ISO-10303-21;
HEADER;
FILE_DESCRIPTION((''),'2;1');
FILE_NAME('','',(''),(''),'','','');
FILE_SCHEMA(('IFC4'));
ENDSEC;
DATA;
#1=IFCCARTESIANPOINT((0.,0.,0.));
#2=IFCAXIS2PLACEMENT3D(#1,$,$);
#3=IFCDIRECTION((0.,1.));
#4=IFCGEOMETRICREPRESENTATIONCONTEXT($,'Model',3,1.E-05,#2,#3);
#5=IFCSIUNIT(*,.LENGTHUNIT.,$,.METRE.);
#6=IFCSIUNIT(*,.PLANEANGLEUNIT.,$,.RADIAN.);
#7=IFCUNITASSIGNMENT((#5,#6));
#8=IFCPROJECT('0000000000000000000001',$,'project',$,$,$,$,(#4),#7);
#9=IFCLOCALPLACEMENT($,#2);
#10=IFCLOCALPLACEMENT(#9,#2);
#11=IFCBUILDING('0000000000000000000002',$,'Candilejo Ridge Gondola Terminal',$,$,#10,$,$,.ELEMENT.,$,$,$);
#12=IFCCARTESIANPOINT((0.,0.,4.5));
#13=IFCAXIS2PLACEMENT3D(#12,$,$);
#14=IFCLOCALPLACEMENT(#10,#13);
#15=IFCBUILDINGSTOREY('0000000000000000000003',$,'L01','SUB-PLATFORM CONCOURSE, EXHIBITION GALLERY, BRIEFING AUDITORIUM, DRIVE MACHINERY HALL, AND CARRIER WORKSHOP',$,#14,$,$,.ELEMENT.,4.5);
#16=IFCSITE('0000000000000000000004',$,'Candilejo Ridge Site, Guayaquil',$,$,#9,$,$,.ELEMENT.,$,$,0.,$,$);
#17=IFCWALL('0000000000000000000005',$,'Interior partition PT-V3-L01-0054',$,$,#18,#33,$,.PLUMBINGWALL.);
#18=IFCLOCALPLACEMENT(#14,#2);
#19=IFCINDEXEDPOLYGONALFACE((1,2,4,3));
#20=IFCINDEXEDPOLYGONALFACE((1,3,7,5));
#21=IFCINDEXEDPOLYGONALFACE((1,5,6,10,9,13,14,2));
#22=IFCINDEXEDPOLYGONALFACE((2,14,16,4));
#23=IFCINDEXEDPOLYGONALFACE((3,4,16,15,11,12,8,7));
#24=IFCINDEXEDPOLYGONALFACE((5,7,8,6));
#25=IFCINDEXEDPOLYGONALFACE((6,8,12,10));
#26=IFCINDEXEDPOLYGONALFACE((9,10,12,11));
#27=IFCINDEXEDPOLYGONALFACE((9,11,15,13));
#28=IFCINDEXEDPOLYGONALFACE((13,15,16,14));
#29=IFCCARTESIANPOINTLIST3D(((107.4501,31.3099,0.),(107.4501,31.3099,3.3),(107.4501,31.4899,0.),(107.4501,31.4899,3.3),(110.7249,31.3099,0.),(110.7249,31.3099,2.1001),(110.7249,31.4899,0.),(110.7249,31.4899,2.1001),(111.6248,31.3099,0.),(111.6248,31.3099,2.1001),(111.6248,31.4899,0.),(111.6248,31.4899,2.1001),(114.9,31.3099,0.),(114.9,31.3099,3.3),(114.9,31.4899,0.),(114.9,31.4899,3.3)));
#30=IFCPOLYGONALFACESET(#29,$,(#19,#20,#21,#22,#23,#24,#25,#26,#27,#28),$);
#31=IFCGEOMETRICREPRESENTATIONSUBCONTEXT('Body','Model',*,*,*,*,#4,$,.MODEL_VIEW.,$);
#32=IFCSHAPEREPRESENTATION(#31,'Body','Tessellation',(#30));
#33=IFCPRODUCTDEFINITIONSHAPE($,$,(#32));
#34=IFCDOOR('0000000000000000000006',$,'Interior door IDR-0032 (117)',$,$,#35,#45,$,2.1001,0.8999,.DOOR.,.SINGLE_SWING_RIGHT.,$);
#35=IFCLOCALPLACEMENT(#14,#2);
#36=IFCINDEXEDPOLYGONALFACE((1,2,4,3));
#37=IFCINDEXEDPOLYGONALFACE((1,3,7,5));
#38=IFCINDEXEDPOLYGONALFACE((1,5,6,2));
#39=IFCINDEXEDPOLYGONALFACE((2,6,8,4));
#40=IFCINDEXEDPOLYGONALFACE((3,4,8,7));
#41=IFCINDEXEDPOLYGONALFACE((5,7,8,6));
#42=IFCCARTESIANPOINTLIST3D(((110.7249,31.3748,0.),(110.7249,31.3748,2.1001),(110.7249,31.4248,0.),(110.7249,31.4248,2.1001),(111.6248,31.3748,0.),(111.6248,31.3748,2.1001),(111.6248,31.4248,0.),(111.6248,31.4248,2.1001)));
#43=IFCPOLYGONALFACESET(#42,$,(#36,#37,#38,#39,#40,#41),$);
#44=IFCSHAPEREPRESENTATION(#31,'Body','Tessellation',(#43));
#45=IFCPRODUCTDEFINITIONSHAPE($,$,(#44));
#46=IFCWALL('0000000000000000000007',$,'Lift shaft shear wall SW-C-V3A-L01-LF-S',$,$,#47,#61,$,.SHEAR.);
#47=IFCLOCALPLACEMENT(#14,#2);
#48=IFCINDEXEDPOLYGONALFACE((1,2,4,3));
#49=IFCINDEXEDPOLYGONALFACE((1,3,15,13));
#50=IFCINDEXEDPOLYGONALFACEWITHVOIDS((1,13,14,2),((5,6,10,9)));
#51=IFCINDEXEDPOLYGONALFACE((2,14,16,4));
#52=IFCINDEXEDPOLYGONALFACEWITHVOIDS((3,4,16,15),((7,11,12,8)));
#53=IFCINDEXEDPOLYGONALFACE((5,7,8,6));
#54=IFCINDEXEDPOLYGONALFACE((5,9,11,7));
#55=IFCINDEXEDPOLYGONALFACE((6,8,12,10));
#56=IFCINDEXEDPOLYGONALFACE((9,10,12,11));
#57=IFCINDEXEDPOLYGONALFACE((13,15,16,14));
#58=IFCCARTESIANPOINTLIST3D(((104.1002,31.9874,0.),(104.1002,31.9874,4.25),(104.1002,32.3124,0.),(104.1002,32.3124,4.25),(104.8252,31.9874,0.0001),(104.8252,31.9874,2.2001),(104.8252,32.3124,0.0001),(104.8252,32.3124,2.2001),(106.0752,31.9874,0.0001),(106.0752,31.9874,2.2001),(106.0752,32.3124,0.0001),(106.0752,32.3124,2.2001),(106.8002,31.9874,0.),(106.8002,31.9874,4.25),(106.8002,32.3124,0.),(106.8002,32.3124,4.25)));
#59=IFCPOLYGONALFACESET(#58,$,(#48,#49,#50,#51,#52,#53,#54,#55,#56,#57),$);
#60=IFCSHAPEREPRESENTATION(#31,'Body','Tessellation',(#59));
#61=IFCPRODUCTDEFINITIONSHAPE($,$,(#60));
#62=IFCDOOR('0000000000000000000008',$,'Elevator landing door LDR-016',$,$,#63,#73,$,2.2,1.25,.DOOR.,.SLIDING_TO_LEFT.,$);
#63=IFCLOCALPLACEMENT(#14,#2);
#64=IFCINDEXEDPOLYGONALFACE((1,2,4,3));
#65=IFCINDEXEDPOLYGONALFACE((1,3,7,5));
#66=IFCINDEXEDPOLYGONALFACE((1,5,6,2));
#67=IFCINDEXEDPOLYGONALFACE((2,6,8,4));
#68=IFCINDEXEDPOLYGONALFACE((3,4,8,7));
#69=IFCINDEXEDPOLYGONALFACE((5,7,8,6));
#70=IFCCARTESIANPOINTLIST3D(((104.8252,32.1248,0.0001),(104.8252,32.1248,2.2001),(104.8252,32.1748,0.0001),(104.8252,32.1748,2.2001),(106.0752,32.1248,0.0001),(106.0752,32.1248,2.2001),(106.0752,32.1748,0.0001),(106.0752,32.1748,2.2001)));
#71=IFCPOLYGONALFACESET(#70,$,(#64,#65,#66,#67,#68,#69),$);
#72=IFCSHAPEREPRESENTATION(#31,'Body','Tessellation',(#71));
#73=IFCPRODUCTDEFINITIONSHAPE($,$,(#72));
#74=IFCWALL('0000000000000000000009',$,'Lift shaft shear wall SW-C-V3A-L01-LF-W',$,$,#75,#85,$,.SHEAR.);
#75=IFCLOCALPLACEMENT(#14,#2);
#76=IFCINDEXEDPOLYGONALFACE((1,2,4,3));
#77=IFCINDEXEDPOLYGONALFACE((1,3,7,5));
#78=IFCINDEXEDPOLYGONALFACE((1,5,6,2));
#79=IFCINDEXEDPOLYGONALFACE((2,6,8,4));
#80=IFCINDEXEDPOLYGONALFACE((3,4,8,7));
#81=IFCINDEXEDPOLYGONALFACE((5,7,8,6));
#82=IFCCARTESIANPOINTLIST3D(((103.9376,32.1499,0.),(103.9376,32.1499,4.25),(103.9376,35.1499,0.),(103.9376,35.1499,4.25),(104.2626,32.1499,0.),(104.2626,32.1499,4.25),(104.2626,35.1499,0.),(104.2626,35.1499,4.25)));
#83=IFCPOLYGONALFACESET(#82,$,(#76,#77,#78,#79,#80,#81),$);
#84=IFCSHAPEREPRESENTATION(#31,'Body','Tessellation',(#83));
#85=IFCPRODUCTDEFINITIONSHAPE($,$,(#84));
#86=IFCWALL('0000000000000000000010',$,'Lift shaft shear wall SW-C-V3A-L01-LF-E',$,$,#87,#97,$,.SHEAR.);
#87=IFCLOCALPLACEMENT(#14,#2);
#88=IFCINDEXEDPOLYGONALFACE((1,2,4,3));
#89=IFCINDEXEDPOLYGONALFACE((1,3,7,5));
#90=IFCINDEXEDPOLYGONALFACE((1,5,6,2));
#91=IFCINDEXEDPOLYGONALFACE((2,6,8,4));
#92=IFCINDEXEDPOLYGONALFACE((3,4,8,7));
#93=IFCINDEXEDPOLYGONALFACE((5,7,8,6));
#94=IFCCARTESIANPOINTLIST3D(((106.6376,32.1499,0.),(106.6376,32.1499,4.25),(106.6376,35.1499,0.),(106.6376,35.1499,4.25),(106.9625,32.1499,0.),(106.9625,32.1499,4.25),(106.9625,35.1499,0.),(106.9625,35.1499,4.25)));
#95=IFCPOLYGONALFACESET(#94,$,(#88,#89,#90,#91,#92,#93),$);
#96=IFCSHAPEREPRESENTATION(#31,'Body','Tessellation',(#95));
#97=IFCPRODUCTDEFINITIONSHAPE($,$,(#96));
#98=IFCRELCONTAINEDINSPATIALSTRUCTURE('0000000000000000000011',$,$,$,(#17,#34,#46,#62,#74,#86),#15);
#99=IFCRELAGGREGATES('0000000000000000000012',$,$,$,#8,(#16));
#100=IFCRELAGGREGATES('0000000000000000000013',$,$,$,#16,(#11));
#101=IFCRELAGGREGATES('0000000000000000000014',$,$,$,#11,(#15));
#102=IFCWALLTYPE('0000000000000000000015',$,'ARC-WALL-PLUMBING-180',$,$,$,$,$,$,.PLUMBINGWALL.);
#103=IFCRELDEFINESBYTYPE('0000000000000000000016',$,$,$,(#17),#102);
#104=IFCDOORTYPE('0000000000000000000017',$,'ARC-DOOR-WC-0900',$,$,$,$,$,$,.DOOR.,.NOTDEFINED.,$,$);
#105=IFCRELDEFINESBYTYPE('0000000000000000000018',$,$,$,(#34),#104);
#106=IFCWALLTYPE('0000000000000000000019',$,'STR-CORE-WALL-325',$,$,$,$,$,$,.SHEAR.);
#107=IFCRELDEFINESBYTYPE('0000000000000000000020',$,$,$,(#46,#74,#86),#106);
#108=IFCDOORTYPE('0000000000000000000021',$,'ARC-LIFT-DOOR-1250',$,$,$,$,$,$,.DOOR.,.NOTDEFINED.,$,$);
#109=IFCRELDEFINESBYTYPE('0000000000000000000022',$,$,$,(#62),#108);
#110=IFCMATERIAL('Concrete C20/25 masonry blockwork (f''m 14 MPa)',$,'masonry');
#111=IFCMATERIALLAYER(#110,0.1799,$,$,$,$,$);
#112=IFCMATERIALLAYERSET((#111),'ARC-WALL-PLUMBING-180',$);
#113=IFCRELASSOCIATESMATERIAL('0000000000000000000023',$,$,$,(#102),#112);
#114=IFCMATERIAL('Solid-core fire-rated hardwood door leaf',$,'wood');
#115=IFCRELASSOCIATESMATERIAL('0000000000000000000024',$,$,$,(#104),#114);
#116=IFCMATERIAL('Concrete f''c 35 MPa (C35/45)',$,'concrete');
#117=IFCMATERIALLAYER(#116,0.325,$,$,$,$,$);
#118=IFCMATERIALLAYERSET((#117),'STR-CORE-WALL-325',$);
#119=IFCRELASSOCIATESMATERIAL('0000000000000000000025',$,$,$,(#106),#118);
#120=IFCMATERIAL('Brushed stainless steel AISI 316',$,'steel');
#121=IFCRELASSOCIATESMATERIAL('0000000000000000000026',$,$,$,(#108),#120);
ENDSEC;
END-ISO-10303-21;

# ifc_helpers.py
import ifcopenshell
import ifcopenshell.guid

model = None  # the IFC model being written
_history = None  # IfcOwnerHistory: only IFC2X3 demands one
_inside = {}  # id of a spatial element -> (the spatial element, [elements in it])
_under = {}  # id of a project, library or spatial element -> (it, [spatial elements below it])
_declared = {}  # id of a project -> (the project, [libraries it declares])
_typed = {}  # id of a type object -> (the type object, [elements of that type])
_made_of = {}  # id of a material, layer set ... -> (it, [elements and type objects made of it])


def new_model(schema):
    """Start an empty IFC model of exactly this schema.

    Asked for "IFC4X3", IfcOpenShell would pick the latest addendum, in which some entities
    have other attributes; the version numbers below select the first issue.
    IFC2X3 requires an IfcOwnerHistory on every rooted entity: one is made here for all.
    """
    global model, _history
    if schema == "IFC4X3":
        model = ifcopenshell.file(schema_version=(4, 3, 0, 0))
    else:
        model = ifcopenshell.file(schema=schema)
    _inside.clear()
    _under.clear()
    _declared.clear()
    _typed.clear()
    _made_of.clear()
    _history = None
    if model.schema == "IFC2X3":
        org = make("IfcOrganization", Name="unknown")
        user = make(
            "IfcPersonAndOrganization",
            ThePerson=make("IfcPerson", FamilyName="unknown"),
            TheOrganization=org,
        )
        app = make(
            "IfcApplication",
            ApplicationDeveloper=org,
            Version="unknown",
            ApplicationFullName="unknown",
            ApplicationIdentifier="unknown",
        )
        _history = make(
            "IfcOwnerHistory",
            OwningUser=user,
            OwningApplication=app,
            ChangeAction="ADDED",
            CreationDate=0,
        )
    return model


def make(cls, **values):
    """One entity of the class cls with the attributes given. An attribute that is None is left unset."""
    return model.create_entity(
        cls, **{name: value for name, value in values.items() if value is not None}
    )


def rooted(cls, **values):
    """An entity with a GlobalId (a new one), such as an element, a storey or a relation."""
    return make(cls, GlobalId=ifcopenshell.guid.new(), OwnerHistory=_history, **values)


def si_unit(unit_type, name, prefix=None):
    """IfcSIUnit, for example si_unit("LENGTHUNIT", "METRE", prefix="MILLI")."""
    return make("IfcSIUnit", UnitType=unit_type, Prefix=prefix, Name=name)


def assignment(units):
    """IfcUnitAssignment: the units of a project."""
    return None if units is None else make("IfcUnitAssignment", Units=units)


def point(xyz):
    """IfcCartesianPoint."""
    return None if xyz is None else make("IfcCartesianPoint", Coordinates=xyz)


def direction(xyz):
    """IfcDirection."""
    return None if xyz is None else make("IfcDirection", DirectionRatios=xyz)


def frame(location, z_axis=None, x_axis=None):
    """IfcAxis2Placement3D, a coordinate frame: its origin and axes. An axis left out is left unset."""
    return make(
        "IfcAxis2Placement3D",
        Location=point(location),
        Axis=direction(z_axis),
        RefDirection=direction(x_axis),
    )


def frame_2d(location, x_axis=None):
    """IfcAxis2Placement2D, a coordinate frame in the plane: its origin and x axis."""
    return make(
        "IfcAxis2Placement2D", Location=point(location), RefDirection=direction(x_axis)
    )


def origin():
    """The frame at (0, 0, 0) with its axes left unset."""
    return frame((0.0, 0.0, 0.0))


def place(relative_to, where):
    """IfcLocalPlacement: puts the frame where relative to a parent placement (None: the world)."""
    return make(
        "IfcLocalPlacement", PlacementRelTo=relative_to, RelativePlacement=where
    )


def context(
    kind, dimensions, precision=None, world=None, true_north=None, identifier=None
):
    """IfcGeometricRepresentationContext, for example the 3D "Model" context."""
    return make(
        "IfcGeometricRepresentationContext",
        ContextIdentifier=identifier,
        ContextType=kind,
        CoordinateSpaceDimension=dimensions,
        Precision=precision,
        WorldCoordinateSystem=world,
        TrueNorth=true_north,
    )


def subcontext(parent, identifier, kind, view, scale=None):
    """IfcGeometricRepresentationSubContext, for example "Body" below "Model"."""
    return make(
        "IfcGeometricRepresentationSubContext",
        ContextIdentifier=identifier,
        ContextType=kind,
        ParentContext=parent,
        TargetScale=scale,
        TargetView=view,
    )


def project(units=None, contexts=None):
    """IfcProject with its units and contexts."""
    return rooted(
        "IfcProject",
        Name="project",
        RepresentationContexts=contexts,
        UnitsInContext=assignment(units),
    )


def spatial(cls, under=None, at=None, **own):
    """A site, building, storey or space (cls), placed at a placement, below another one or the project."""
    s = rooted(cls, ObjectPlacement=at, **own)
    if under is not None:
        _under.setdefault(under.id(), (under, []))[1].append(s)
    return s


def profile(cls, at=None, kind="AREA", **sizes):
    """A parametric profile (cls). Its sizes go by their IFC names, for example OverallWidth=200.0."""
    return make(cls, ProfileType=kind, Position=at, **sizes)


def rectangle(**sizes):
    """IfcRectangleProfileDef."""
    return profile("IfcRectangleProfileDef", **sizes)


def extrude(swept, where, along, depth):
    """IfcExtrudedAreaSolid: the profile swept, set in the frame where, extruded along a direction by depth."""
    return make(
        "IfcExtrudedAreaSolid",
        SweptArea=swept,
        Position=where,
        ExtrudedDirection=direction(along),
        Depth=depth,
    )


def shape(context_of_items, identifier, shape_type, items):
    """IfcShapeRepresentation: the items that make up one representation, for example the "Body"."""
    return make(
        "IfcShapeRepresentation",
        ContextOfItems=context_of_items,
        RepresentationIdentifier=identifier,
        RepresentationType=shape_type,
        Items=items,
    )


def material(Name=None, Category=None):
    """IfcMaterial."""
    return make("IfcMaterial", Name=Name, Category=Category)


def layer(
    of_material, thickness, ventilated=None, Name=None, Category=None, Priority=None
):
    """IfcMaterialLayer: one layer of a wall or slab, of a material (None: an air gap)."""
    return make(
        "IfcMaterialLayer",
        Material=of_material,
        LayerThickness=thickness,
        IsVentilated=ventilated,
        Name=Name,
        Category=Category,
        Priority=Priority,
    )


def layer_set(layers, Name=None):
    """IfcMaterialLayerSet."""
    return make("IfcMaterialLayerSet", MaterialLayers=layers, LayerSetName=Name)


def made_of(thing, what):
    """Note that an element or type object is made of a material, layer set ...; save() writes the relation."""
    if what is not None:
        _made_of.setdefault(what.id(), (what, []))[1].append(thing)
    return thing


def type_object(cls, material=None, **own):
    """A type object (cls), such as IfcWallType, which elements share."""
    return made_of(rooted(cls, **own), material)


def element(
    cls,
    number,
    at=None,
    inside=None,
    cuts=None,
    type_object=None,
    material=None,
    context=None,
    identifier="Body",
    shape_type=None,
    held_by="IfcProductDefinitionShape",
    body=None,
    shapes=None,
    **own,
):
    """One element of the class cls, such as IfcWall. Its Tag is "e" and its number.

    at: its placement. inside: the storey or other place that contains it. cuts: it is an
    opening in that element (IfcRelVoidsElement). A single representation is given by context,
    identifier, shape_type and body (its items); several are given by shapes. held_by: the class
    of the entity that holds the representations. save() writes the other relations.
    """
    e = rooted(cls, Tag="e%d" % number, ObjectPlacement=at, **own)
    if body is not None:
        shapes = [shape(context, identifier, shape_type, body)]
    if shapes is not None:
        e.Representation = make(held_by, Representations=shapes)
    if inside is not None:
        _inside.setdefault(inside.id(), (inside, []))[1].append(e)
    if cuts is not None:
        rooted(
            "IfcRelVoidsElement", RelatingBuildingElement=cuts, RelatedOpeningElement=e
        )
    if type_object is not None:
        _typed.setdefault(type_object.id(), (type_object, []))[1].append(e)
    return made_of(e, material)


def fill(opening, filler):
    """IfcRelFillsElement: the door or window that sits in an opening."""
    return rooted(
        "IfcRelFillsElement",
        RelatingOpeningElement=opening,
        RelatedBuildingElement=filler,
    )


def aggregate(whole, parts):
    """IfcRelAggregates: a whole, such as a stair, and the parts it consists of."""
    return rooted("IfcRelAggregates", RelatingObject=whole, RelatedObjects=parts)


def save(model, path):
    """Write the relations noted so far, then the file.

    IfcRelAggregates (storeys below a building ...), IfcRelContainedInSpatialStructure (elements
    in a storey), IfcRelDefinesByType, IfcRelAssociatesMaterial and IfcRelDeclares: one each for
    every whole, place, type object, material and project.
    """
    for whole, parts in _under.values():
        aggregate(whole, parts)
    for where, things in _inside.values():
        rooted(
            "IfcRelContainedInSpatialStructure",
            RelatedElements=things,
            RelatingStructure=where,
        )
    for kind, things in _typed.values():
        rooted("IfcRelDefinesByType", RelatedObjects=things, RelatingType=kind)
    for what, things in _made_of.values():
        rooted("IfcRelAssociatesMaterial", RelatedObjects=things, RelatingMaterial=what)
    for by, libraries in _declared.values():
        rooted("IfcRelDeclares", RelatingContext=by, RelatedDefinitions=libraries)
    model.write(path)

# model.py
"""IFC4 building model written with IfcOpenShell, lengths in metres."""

from ifc_helpers import new_model, si_unit, direction, frame, frame_2d, origin, place, context, subcontext, project, spatial, rectangle, extrude, material, layer, layer_set, type_object, element, fill, save


model = new_model("IFC4")

# Units and contexts
model_context = context("Model", 3, precision=1e-05, world=origin(), true_north=direction((0.0, 1.0)))
body_context = subcontext(model_context, "Body", "Model", "MODEL_VIEW")
ifc_project = project(units=[si_unit("LENGTHUNIT", "METRE"), si_unit("PLANEANGLEUNIT", "RADIAN")], contexts=[model_context])

# Site, building, storey
site_placement = place(None, origin())
site = spatial("IfcSite", under=ifc_project, at=site_placement, Name="Candilejo Ridge Site, Guayaquil", CompositionType="ELEMENT", RefElevation=0.0)
building_placement = place(site_placement, origin())
building = spatial("IfcBuilding", under=site, at=building_placement, Name="Candilejo Ridge Gondola Terminal", CompositionType="ELEMENT")
storey_placement = place(building_placement, frame((0.0, 0.0, 4.5)))
storey = spatial("IfcBuildingStorey", under=building, at=storey_placement, Name="L01", Description="SUB-PLATFORM CONCOURSE, EXHIBITION GALLERY, BRIEFING AUDITORIUM, DRIVE MACHINERY HALL, AND CARRIER WORKSHOP", CompositionType="ELEMENT", Elevation=4.5)

# Walls, openings, doors
ifc_material_1 = material(Name="Concrete C20/25 masonry blockwork (f'm 14 MPa)", Category="masonry")
ifc_layer_1 = layer(ifc_material_1, 0.1799)
ifc_layer_set_1 = layer_set([ifc_layer_1], Name="ARC-WALL-PLUMBING-180")
wall_type_1 = type_object("IfcWallType", Name="ARC-WALL-PLUMBING-180", PredefinedType="PLUMBINGWALL", material=ifc_layer_set_1)
wall_1_placement = place(storey_placement, frame((107.45, 31.3999, 0.0), z_axis=(0.0, 0.0, 1.0), x_axis=(1.0, 0.0, 0.0)))
wall_1 = element("IfcWall", 1, at=wall_1_placement, inside=storey, type_object=wall_type_1, Name="Interior partition PT-V3-L01-0054", PredefinedType="PLUMBINGWALL", context=body_context, shape_type="SweptSolid", body=[
    extrude(rectangle(XDim=7.45, YDim=0.1799, at=frame_2d((3.7251, 0.0))), origin(), (0.0, 0.0, 1.0), 3.3),
])
opening_1_placement = place(wall_1_placement, frame((3.2749, 0.0, 0.0)))
opening_1 = element("IfcOpeningElement", 2, at=opening_1_placement, cuts=wall_1, PredefinedType="OPENING", context=body_context, shape_type="SweptSolid", body=[
    extrude(rectangle(XDim=0.8999, YDim=2.1001, at=frame_2d((0.45, 1.05))), frame((0.0, 0.0999, 0.0), z_axis=(0.0, -1.0, 0.0), x_axis=(1.0, 0.0, 0.0)), (0.0, 0.0, 1.0), 0.2),
])
ifc_material_2 = material(Name="Solid-core fire-rated hardwood door leaf", Category="wood")
door_type_1 = type_object("IfcDoorType", Name="ARC-DOOR-WC-0900", OperationType="NOTDEFINED", PredefinedType="DOOR", material=ifc_material_2)
door_1_placement = place(opening_1_placement, origin())
door_1 = element("IfcDoor", 3, at=door_1_placement, inside=storey, type_object=door_type_1, Name="Interior door IDR-0032 (117)", OperationType="SINGLE_SWING_RIGHT", OverallHeight=2.1001, OverallWidth=0.8999, PredefinedType="DOOR", context=body_context, shape_type="SweptSolid", body=[
    extrude(rectangle(XDim=0.8999, YDim=2.1001, at=frame_2d((0.45, 1.05))), frame((0.0, 0.0249, 0.0), z_axis=(0.0, -1.0, 0.0), x_axis=(1.0, 0.0, 0.0)), (0.0, 0.0, 1.0), 0.05),
])
fill(opening_1, door_1)
ifc_material_3 = material(Name="Concrete f'c 35 MPa (C35/45)", Category="concrete")
ifc_layer_2 = layer(ifc_material_3, 0.325)
ifc_layer_set_2 = layer_set([ifc_layer_2], Name="STR-CORE-WALL-325")
wall_type_2 = type_object("IfcWallType", Name="STR-CORE-WALL-325", PredefinedType="SHEAR", material=ifc_layer_set_2)
wall_2_placement = place(storey_placement, frame((104.1001, 32.1499, 0.0), z_axis=(0.0, 0.0, 1.0), x_axis=(1.0, 0.0, 0.0)))
wall_2 = element("IfcWall", 4, at=wall_2_placement, inside=storey, type_object=wall_type_2, Name="Lift shaft shear wall SW-C-V3A-L01-LF-S", PredefinedType="SHEAR", context=body_context, shape_type="SweptSolid", body=[
    extrude(rectangle(XDim=2.7, YDim=0.325, at=frame_2d((1.3501, 0.0))), origin(), (0.0, 0.0, 1.0), 4.25),
])
opening_2_placement = place(wall_2_placement, frame((0.7251, 0.0, 0.0)))
opening_2 = element("IfcOpeningElement", 5, at=opening_2_placement, cuts=wall_2, PredefinedType="OPENING", context=body_context, shape_type="SweptSolid", body=[
    extrude(rectangle(XDim=1.25, YDim=2.2, at=frame_2d((0.625, 1.1001))), frame((0.0, 0.1724, 0.0), z_axis=(0.0, -1.0, 0.0), x_axis=(1.0, 0.0, 0.0)), (0.0, 0.0, 1.0), 0.345),
])
ifc_material_4 = material(Name="Brushed stainless steel AISI 316", Category="steel")
door_type_2 = type_object("IfcDoorType", Name="ARC-LIFT-DOOR-1250", OperationType="NOTDEFINED", PredefinedType="DOOR", material=ifc_material_4)
door_2_placement = place(opening_2_placement, origin())
door_2 = element("IfcDoor", 6, at=door_2_placement, inside=storey, type_object=door_type_2, Name="Elevator landing door LDR-016", OperationType="SLIDING_TO_LEFT", OverallHeight=2.2, OverallWidth=1.25, PredefinedType="DOOR", context=body_context, shape_type="SweptSolid", body=[
    extrude(rectangle(XDim=1.25, YDim=2.2, at=frame_2d((0.625, 1.1001))), frame((0.0, 0.0249, 0.0), z_axis=(0.0, -1.0, 0.0), x_axis=(1.0, 0.0, 0.0)), (0.0, 0.0, 1.0), 0.05),
])
fill(opening_2, door_2)

# Walls
for number, where, z_axis, x_axis, name in (
    (7, (104.1001, 32.1499, 0.0), (0.0, 0.0, 1.0), (0.0, 1.0, 0.0), "Lift shaft shear wall SW-C-V3A-L01-LF-W"),
    (8, (106.8, 32.1499, 0.0), (0.0, 0.0, 1.0), (0.0, 1.0, 0.0), "Lift shaft shear wall SW-C-V3A-L01-LF-E"),
):
    element("IfcWall", number, at=place(storey_placement, frame(where, z_axis=z_axis, x_axis=x_axis)), inside=storey, type_object=wall_type_2, Name=name, PredefinedType="SHEAR", context=body_context, shape_type="SweptSolid", body=[
        extrude(rectangle(XDim=3.0, YDim=0.325, at=frame_2d((1.5, 0.0))), origin(), (0.0, 0.0, 1.0), 4.25),
    ])

save(model, "model.ifc")
